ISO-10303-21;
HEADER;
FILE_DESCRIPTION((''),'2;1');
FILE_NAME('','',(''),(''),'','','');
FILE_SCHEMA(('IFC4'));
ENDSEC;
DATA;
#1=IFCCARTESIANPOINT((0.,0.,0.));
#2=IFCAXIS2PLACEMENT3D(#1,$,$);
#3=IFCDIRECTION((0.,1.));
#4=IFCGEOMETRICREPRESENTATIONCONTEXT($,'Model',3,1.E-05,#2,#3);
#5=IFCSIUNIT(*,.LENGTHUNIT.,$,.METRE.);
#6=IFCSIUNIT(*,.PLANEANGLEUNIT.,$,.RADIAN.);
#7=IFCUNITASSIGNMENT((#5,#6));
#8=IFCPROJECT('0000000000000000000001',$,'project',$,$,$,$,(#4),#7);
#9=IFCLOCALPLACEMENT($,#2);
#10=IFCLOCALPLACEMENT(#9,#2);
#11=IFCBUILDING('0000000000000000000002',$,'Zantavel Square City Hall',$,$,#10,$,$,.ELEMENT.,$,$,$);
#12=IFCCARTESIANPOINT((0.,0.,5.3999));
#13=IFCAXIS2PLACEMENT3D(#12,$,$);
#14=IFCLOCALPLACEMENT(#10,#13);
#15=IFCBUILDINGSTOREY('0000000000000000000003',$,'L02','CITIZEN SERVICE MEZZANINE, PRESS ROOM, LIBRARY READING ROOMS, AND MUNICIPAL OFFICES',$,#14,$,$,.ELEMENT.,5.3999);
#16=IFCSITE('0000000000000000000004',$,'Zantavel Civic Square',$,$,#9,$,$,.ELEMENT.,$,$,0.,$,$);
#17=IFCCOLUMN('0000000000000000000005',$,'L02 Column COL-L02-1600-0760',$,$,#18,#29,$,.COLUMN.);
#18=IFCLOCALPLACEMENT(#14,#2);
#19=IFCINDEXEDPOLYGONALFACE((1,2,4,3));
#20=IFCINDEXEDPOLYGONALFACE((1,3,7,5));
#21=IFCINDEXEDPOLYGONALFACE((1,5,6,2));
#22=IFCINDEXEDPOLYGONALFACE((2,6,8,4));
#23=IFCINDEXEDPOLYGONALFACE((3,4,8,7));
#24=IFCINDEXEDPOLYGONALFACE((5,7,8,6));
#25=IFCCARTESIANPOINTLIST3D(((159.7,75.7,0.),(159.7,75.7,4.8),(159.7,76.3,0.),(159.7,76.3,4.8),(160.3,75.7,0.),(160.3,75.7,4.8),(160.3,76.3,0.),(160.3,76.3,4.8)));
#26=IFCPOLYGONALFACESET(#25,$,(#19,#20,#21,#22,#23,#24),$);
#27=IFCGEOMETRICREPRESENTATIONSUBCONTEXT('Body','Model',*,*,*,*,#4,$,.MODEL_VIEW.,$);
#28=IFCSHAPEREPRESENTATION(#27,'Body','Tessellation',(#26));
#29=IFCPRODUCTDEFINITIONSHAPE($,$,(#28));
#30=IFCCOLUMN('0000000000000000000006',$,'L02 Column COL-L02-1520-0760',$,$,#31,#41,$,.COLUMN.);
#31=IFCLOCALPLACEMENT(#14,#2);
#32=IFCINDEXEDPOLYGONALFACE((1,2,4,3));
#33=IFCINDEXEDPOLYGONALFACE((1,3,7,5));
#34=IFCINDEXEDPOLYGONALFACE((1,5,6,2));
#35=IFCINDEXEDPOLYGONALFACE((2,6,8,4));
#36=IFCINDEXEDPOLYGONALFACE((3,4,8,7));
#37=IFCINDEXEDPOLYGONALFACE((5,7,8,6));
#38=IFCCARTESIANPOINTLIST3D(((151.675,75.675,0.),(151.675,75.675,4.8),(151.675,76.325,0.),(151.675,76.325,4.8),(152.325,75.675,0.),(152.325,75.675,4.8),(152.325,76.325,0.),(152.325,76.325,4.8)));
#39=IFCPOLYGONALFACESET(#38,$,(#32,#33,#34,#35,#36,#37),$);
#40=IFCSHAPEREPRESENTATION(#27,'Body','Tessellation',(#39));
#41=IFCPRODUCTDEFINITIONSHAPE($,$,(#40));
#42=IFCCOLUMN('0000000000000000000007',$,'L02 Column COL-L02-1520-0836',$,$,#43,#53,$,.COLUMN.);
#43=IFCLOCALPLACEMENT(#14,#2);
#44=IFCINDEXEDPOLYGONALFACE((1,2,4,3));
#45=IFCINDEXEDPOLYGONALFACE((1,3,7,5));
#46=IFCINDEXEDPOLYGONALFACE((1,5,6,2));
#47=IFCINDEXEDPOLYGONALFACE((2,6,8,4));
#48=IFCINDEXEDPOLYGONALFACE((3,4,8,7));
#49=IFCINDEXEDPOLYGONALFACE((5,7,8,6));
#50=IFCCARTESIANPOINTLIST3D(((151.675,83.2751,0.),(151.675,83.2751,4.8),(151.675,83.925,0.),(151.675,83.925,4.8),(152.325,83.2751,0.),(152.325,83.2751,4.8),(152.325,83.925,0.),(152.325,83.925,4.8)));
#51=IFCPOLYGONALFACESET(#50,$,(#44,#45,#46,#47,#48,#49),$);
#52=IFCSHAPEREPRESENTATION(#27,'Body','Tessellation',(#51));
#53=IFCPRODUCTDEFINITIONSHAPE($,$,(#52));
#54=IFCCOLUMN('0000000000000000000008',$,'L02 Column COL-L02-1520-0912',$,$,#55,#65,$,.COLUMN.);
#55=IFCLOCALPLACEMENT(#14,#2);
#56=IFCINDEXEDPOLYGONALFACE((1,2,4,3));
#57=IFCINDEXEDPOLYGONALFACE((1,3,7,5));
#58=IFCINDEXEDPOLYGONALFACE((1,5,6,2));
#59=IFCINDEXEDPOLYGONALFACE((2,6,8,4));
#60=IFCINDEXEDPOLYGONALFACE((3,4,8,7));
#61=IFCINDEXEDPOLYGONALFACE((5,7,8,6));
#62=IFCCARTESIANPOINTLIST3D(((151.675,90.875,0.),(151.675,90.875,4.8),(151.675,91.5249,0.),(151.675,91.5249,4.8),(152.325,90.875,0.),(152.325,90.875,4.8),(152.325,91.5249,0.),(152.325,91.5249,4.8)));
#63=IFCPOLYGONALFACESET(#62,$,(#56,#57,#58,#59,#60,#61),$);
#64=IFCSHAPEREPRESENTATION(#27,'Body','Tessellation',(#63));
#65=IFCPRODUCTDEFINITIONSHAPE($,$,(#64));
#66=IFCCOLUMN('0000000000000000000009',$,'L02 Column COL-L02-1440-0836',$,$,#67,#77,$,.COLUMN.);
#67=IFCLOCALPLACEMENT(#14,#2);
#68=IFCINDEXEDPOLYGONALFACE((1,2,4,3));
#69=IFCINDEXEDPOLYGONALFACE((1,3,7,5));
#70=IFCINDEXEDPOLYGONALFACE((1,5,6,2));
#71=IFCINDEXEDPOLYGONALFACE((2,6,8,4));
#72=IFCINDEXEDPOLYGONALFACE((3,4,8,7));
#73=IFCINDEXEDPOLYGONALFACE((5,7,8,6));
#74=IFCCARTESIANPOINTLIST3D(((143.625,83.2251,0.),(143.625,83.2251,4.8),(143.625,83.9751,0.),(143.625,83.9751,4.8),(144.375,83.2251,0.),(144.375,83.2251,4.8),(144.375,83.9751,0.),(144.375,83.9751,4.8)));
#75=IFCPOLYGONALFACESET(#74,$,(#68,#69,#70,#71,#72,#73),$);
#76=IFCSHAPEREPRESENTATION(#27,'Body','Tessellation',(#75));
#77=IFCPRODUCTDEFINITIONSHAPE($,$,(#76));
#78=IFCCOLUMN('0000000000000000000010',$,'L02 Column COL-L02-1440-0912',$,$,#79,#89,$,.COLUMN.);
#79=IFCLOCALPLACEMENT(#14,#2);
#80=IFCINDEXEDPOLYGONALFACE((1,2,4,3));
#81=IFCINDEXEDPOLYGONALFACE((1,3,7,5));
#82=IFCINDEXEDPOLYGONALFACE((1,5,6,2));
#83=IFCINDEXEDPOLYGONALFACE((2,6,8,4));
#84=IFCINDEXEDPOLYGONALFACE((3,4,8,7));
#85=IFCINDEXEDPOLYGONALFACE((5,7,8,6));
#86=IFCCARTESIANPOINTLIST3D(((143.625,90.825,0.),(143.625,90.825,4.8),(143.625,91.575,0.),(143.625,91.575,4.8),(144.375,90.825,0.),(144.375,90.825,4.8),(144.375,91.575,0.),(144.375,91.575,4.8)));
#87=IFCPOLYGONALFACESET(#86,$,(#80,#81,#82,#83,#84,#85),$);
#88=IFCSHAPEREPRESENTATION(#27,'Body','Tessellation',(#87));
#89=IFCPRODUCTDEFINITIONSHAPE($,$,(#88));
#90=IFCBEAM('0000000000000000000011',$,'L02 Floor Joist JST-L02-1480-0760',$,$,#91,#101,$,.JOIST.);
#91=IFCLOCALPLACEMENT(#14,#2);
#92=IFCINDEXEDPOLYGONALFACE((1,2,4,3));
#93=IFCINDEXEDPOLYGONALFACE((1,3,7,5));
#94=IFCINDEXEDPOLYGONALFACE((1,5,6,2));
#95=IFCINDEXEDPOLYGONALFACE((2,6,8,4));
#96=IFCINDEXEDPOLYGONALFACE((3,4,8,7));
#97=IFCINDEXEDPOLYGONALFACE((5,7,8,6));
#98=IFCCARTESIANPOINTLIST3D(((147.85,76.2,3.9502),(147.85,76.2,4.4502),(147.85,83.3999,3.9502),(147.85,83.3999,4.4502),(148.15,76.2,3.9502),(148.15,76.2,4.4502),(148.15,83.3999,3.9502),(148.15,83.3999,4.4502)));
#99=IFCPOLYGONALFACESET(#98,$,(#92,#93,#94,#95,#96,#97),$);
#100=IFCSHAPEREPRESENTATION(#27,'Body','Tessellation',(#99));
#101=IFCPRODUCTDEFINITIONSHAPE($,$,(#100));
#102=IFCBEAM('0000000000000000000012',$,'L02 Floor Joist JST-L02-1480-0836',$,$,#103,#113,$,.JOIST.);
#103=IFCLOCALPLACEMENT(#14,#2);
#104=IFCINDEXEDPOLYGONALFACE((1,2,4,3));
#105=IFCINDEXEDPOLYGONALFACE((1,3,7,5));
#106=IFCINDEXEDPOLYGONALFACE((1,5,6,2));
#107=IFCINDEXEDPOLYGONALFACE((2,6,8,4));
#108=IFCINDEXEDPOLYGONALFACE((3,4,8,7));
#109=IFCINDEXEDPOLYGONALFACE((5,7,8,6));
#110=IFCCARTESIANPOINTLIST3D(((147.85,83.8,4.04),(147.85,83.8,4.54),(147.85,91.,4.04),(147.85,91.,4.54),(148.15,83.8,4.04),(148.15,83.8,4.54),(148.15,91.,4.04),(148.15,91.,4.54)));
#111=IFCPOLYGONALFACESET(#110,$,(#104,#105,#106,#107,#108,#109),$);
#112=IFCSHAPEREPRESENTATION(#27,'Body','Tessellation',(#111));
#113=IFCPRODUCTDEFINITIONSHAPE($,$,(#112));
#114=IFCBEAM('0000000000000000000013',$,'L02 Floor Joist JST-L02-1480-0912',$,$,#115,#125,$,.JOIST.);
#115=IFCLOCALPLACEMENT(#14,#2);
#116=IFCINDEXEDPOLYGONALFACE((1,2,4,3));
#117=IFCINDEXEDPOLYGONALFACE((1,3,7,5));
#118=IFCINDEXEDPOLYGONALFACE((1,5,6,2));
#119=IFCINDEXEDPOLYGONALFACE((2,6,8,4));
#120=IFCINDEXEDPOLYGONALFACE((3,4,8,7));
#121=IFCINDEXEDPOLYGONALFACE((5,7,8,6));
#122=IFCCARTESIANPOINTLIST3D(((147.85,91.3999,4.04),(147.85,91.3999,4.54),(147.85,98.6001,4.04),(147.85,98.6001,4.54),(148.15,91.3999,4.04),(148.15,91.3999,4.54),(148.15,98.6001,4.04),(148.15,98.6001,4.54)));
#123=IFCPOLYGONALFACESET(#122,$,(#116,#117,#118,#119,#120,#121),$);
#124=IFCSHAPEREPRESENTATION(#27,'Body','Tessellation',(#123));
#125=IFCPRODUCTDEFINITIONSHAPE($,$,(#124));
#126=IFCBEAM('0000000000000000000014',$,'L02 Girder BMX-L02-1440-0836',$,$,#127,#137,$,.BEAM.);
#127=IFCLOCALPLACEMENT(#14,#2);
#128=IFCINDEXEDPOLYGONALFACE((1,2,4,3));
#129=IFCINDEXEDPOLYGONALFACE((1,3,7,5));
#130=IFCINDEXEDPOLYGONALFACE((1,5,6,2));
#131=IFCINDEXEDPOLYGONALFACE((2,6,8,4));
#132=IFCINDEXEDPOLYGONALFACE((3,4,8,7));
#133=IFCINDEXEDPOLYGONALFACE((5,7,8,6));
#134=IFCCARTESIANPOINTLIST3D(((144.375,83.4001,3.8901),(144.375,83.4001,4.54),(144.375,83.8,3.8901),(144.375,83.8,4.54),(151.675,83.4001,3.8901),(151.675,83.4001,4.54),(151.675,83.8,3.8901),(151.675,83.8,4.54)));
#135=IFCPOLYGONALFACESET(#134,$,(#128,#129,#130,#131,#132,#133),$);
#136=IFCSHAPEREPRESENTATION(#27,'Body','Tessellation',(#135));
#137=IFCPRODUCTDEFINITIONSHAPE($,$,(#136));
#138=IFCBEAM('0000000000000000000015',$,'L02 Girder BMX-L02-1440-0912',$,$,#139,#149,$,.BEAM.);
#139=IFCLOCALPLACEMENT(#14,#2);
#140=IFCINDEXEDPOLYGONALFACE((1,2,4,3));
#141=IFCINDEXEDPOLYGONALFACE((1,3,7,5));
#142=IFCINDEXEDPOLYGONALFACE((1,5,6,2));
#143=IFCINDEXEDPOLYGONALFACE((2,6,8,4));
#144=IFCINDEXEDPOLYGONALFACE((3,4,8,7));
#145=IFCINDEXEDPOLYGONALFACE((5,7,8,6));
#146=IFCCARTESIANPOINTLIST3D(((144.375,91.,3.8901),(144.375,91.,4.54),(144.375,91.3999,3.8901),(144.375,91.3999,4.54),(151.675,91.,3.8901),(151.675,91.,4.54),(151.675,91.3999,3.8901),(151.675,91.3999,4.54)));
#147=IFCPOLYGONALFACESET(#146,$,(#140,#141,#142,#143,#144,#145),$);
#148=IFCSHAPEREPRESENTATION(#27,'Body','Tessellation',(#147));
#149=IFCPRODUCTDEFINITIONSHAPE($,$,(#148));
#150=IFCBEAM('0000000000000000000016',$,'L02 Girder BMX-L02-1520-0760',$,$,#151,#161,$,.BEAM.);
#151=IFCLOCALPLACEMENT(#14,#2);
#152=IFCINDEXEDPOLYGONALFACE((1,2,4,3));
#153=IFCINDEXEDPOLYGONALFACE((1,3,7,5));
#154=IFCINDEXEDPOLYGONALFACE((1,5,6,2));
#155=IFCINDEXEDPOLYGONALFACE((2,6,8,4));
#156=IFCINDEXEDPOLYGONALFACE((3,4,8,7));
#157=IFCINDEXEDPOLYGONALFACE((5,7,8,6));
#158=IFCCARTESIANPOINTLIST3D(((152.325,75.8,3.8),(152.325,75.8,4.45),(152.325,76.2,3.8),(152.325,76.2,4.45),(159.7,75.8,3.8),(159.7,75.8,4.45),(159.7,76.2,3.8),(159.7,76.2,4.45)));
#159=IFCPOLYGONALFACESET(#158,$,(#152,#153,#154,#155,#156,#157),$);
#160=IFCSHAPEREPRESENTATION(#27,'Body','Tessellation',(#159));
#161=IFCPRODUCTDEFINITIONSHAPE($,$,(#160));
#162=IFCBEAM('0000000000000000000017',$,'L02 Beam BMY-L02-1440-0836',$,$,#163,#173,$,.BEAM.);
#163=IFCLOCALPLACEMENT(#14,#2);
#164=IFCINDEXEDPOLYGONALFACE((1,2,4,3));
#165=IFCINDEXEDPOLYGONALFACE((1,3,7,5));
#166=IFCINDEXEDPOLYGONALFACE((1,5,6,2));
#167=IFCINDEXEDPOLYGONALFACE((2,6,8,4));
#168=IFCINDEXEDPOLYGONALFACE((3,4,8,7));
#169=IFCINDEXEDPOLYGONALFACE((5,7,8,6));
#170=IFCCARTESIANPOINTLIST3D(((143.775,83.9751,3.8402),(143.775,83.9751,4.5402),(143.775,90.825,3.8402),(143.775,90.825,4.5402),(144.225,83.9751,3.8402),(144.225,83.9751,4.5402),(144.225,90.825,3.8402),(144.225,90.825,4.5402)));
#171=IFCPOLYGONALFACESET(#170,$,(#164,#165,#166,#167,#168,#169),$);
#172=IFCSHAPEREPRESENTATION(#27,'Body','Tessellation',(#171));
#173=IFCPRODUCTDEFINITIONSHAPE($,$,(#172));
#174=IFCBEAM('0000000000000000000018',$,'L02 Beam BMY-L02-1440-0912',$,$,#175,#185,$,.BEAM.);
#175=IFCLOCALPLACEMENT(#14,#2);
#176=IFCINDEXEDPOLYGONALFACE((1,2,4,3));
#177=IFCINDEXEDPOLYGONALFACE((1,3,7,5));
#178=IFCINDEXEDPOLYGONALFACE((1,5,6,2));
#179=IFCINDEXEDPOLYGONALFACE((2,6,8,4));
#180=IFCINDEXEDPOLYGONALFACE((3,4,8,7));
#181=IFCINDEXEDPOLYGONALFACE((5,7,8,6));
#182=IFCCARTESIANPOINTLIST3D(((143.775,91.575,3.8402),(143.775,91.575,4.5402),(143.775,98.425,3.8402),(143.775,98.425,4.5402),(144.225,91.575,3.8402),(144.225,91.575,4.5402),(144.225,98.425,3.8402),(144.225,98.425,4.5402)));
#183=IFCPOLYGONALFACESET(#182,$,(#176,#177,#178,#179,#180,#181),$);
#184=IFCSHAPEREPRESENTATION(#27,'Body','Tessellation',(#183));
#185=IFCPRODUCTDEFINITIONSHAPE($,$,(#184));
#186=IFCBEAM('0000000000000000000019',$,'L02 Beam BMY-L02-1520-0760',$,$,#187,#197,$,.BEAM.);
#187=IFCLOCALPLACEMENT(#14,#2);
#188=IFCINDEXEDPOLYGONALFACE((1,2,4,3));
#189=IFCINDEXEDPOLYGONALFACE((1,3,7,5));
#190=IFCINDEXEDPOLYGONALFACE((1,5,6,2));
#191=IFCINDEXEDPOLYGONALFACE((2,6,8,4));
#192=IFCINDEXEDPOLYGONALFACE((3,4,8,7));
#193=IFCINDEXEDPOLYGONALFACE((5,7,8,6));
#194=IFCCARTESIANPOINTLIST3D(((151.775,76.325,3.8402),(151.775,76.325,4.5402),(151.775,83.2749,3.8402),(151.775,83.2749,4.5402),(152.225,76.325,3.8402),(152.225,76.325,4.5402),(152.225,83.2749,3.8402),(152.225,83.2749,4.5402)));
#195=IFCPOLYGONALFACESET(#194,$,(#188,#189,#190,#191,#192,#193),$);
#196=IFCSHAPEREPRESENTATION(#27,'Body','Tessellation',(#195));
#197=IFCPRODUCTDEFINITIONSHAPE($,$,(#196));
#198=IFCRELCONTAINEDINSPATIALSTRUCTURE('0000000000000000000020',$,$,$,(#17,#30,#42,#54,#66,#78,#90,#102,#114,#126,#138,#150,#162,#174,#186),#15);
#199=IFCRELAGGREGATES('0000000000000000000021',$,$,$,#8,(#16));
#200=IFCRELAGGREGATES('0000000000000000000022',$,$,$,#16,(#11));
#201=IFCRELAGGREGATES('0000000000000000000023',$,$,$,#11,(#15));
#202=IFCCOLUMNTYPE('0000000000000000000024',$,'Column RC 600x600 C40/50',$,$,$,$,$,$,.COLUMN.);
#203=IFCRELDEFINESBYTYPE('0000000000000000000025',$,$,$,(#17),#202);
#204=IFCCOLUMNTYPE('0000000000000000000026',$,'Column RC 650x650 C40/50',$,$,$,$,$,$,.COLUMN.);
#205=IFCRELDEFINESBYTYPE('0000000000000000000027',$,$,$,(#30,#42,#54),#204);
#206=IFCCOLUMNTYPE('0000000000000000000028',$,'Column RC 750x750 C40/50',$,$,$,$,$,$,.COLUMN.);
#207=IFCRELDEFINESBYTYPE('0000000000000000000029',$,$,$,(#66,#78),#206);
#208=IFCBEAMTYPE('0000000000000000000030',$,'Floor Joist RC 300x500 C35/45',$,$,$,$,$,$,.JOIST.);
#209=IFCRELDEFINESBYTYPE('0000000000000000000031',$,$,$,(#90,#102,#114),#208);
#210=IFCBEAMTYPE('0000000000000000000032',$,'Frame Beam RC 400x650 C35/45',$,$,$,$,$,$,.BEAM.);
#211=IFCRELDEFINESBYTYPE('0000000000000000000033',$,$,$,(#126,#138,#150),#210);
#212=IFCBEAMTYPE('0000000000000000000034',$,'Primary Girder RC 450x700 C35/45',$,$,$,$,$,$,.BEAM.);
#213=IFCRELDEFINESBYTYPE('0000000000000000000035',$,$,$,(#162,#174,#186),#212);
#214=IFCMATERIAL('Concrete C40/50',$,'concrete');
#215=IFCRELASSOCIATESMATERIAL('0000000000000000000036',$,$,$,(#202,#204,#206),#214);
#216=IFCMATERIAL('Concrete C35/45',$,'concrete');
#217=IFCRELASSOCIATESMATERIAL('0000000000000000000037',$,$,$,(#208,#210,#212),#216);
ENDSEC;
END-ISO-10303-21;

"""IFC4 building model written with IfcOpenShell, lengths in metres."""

from ifc_helpers import new_model, si_unit, direction, frame, origin, origin_2d, place, context, subcontext, project, spatial, rectangle, extrude, material, material_profile, profile_set, type_object, element, save


model = new_model("IFC4")

# Units and contexts
model_context = context("Model", 3, precision=1e-05, world=origin(), true_north=direction((0.0, 1.0)))
body_context = subcontext(model_context, "Body", "Model", "MODEL_VIEW")
ifc_project = project(units=[si_unit("LENGTHUNIT", "METRE"), si_unit("PLANEANGLEUNIT", "RADIAN")], contexts=[model_context])

# Site, building, storey
site_placement = place(None, origin())
site = spatial("IfcSite", under=ifc_project, at=site_placement, Name="Zantavel Civic Square", CompositionType="ELEMENT", RefElevation=0.0)
building_placement = place(site_placement, origin())
building = spatial("IfcBuilding", under=site, at=building_placement, Name="Zantavel Square City Hall", CompositionType="ELEMENT")
storey_placement = place(building_placement, frame((0.0, 0.0, 5.3999)))
storey = spatial("IfcBuildingStorey", under=building, at=storey_placement, Name="L02", Description="CITIZEN SERVICE MEZZANINE, PRESS ROOM, LIBRARY READING ROOMS, AND MUNICIPAL OFFICES", CompositionType="ELEMENT", Elevation=5.3999)

# Columns
ifc_material_1 = material(Name="Concrete C40/50", Category="concrete")
ifc_material_profile_1 = material_profile(ifc_material_1, rectangle(XDim=0.6001, YDim=0.6001, at=origin_2d()), Name="RC 600x600")
ifc_profile_set_1 = profile_set([ifc_material_profile_1], Name="Concrete C40/50")
column_type_1 = type_object("IfcColumnType", Name="Column RC 600x600 C40/50", PredefinedType="COLUMN", material=ifc_profile_set_1)
column_placement = place(storey_placement, frame((160.0, 76.0, 0.0), z_axis=(0.0, 0.0, 1.0), x_axis=(1.0, 0.0, 0.0)))
element("IfcColumn", 1, at=column_placement, inside=storey, type_object=column_type_1, Name="L02 Column COL-L02-1600-0760", PredefinedType="COLUMN", context=body_context, shape_type="SweptSolid", body=[
    extrude(rectangle(XDim=0.6001, YDim=0.6001, at=origin_2d()), origin(), (0.0, 0.0, 1.0), 4.8),
])
ifc_material_profile_2 = material_profile(ifc_material_1, rectangle(XDim=0.6499, YDim=0.6499, at=origin_2d()), Name="RC 650x650")
ifc_profile_set_2 = profile_set([ifc_material_profile_2], Name="Concrete C40/50")
column_type_2 = type_object("IfcColumnType", Name="Column RC 650x650 C40/50", PredefinedType="COLUMN", material=ifc_profile_set_2)
for number, where, z_axis, x_axis, name in (
    (2, (152.0, 76.0, 0.0), (0.0, 0.0, 1.0), (1.0, 0.0, 0.0), "L02 Column COL-L02-1520-0760"),
    (3, (152.0, 83.6001, 0.0), (0.0, 0.0, 1.0), (1.0, 0.0, 0.0), "L02 Column COL-L02-1520-0836"),
    (4, (152.0, 91.2, 0.0), (0.0, 0.0, 1.0), (1.0, 0.0, 0.0), "L02 Column COL-L02-1520-0912"),
):
    element("IfcColumn", number, at=place(storey_placement, frame(where, z_axis=z_axis, x_axis=x_axis)), inside=storey, type_object=column_type_2, Name=name, PredefinedType="COLUMN", context=body_context, shape_type="SweptSolid", body=[
        extrude(rectangle(XDim=0.6499, YDim=0.6499, at=origin_2d()), origin(), (0.0, 0.0, 1.0), 4.8),
    ])
ifc_material_profile_3 = material_profile(ifc_material_1, rectangle(XDim=0.75, YDim=0.75, at=origin_2d()), Name="RC 750x750")
ifc_profile_set_3 = profile_set([ifc_material_profile_3], Name="Concrete C40/50")
column_type_3 = type_object("IfcColumnType", Name="Column RC 750x750 C40/50", PredefinedType="COLUMN", material=ifc_profile_set_3)
for number, where, z_axis, x_axis, name in (
    (5, (144.0, 83.6001, 0.0), (0.0, 0.0, 1.0), (1.0, 0.0, 0.0), "L02 Column COL-L02-1440-0836"),
    (6, (144.0, 91.2, 0.0), (0.0, 0.0, 1.0), (1.0, 0.0, 0.0), "L02 Column COL-L02-1440-0912"),
):
    element("IfcColumn", number, at=place(storey_placement, frame(where, z_axis=z_axis, x_axis=x_axis)), inside=storey, type_object=column_type_3, Name=name, PredefinedType="COLUMN", context=body_context, shape_type="SweptSolid", body=[
        extrude(rectangle(XDim=0.75, YDim=0.75, at=origin_2d()), origin(), (0.0, 0.0, 1.0), 4.8),
    ])

# Beams
ifc_material_2 = material(Name="Concrete C35/45", Category="concrete")
ifc_material_profile_4 = material_profile(ifc_material_2, rectangle(XDim=0.3, YDim=0.5, at=origin_2d()), Name="RC 300x500")
ifc_profile_set_4 = profile_set([ifc_material_profile_4], Name="Concrete C35/45")
beam_type_1 = type_object("IfcBeamType", Name="Floor Joist RC 300x500 C35/45", PredefinedType="JOIST", material=ifc_profile_set_4)
for number, where, z_axis, x_axis, name in (
    (7, (148.0, 76.2, 4.2002), (0.0, 1.0, 0.0), (-1.0, 0.0, 0.0), "L02 Floor Joist JST-L02-1480-0760"),
    (8, (148.0, 83.8, 4.29), (0.0, 1.0, 0.0), (-1.0, 0.0, 0.0), "L02 Floor Joist JST-L02-1480-0836"),
):
    element("IfcBeam", number, at=place(storey_placement, frame(where, z_axis=z_axis, x_axis=x_axis)), inside=storey, type_object=beam_type_1, Name=name, PredefinedType="JOIST", context=body_context, shape_type="SweptSolid", body=[
        extrude(rectangle(XDim=0.3, YDim=0.5, at=origin_2d()), origin(), (0.0, 0.0, 1.0), 7.2),
    ])
beam_1_placement = place(storey_placement, frame((148.0, 91.3999, 4.29), z_axis=(0.0, 1.0, 0.0), x_axis=(-1.0, 0.0, 0.0)))
element("IfcBeam", 9, at=beam_1_placement, inside=storey, type_object=beam_type_1, Name="L02 Floor Joist JST-L02-1480-0912", PredefinedType="JOIST", context=body_context, shape_type="SweptSolid", body=[
    extrude(rectangle(XDim=0.3, YDim=0.5, at=origin_2d()), origin(), (0.0, 0.0, 1.0), 7.2002),
])
ifc_material_profile_5 = material_profile(ifc_material_2, rectangle(XDim=0.3999, YDim=0.6499, at=origin_2d()), Name="RC 400x650")
ifc_profile_set_5 = profile_set([ifc_material_profile_5], Name="Concrete C35/45")
beam_type_2 = type_object("IfcBeamType", Name="Frame Beam RC 400x650 C35/45", PredefinedType="BEAM", material=ifc_profile_set_5)
for number, where, z_axis, x_axis, name in (
    (10, (144.375, 83.6001, 4.2151), (1.0, 0.0, 0.0), (0.0, 1.0, 0.0), "L02 Girder BMX-L02-1440-0836"),
    (11, (144.375, 91.2, 4.2151), (1.0, 0.0, 0.0), (0.0, 1.0, 0.0), "L02 Girder BMX-L02-1440-0912"),
):
    element("IfcBeam", number, at=place(storey_placement, frame(where, z_axis=z_axis, x_axis=x_axis)), inside=storey, type_object=beam_type_2, Name=name, PredefinedType="BEAM", context=body_context, shape_type="SweptSolid", body=[
        extrude(rectangle(XDim=0.3999, YDim=0.6499, at=origin_2d()), origin(), (0.0, 0.0, 1.0), 7.3),
    ])
beam_2_placement = place(storey_placement, frame((152.325, 76.0, 4.125), z_axis=(1.0, 0.0, 0.0), x_axis=(0.0, 1.0, 0.0)))
element("IfcBeam", 12, at=beam_2_placement, inside=storey, type_object=beam_type_2, Name="L02 Girder BMX-L02-1520-0760", PredefinedType="BEAM", context=body_context, shape_type="SweptSolid", body=[
    extrude(rectangle(XDim=0.3999, YDim=0.6499, at=origin_2d()), origin(), (0.0, 0.0, 1.0), 7.375),
])
ifc_material_profile_6 = material_profile(ifc_material_2, rectangle(XDim=0.45, YDim=0.7, at=origin_2d()), Name="RC 450x700")
ifc_profile_set_6 = profile_set([ifc_material_profile_6], Name="Concrete C35/45")
beam_type_3 = type_object("IfcBeamType", Name="Primary Girder RC 450x700 C35/45", PredefinedType="BEAM", material=ifc_profile_set_6)
beam_3_placement = place(storey_placement, frame((144.0, 83.9751, 4.1902), z_axis=(0.0, 1.0, 0.0), x_axis=(-1.0, 0.0, 0.0)))
element("IfcBeam", 13, at=beam_3_placement, inside=storey, type_object=beam_type_3, Name="L02 Beam BMY-L02-1440-0836", PredefinedType="BEAM", context=body_context, shape_type="SweptSolid", body=[
    extrude(rectangle(XDim=0.45, YDim=0.7, at=origin_2d()), origin(), (0.0, 0.0, 1.0), 6.8499),
])
beam_4_placement = place(storey_placement, frame((144.0, 91.575, 4.1902), z_axis=(0.0, 1.0, 0.0), x_axis=(-1.0, 0.0, 0.0)))
element("IfcBeam", 14, at=beam_4_placement, inside=storey, type_object=beam_type_3, Name="L02 Beam BMY-L02-1440-0912", PredefinedType="BEAM", context=body_context, shape_type="SweptSolid", body=[
    extrude(rectangle(XDim=0.45, YDim=0.7, at=origin_2d()), origin(), (0.0, 0.0, 1.0), 6.8501),
])
for number, where, z_axis, x_axis, name in (
    (15, (152.0, 76.325, 4.1902), (0.0, 1.0, 0.0), (-1.0, 0.0, 0.0), "L02 Beam BMY-L02-1520-0760"),
):
    element("IfcBeam", number, at=place(storey_placement, frame(where, z_axis=z_axis, x_axis=x_axis)), inside=storey, type_object=beam_type_3, Name=name, PredefinedType="BEAM", context=body_context, shape_type="SweptSolid", body=[
        extrude(rectangle(XDim=0.45, YDim=0.7, at=origin_2d()), origin(), (0.0, 0.0, 1.0), 6.95),
    ])

save(model, "model.ifc")
